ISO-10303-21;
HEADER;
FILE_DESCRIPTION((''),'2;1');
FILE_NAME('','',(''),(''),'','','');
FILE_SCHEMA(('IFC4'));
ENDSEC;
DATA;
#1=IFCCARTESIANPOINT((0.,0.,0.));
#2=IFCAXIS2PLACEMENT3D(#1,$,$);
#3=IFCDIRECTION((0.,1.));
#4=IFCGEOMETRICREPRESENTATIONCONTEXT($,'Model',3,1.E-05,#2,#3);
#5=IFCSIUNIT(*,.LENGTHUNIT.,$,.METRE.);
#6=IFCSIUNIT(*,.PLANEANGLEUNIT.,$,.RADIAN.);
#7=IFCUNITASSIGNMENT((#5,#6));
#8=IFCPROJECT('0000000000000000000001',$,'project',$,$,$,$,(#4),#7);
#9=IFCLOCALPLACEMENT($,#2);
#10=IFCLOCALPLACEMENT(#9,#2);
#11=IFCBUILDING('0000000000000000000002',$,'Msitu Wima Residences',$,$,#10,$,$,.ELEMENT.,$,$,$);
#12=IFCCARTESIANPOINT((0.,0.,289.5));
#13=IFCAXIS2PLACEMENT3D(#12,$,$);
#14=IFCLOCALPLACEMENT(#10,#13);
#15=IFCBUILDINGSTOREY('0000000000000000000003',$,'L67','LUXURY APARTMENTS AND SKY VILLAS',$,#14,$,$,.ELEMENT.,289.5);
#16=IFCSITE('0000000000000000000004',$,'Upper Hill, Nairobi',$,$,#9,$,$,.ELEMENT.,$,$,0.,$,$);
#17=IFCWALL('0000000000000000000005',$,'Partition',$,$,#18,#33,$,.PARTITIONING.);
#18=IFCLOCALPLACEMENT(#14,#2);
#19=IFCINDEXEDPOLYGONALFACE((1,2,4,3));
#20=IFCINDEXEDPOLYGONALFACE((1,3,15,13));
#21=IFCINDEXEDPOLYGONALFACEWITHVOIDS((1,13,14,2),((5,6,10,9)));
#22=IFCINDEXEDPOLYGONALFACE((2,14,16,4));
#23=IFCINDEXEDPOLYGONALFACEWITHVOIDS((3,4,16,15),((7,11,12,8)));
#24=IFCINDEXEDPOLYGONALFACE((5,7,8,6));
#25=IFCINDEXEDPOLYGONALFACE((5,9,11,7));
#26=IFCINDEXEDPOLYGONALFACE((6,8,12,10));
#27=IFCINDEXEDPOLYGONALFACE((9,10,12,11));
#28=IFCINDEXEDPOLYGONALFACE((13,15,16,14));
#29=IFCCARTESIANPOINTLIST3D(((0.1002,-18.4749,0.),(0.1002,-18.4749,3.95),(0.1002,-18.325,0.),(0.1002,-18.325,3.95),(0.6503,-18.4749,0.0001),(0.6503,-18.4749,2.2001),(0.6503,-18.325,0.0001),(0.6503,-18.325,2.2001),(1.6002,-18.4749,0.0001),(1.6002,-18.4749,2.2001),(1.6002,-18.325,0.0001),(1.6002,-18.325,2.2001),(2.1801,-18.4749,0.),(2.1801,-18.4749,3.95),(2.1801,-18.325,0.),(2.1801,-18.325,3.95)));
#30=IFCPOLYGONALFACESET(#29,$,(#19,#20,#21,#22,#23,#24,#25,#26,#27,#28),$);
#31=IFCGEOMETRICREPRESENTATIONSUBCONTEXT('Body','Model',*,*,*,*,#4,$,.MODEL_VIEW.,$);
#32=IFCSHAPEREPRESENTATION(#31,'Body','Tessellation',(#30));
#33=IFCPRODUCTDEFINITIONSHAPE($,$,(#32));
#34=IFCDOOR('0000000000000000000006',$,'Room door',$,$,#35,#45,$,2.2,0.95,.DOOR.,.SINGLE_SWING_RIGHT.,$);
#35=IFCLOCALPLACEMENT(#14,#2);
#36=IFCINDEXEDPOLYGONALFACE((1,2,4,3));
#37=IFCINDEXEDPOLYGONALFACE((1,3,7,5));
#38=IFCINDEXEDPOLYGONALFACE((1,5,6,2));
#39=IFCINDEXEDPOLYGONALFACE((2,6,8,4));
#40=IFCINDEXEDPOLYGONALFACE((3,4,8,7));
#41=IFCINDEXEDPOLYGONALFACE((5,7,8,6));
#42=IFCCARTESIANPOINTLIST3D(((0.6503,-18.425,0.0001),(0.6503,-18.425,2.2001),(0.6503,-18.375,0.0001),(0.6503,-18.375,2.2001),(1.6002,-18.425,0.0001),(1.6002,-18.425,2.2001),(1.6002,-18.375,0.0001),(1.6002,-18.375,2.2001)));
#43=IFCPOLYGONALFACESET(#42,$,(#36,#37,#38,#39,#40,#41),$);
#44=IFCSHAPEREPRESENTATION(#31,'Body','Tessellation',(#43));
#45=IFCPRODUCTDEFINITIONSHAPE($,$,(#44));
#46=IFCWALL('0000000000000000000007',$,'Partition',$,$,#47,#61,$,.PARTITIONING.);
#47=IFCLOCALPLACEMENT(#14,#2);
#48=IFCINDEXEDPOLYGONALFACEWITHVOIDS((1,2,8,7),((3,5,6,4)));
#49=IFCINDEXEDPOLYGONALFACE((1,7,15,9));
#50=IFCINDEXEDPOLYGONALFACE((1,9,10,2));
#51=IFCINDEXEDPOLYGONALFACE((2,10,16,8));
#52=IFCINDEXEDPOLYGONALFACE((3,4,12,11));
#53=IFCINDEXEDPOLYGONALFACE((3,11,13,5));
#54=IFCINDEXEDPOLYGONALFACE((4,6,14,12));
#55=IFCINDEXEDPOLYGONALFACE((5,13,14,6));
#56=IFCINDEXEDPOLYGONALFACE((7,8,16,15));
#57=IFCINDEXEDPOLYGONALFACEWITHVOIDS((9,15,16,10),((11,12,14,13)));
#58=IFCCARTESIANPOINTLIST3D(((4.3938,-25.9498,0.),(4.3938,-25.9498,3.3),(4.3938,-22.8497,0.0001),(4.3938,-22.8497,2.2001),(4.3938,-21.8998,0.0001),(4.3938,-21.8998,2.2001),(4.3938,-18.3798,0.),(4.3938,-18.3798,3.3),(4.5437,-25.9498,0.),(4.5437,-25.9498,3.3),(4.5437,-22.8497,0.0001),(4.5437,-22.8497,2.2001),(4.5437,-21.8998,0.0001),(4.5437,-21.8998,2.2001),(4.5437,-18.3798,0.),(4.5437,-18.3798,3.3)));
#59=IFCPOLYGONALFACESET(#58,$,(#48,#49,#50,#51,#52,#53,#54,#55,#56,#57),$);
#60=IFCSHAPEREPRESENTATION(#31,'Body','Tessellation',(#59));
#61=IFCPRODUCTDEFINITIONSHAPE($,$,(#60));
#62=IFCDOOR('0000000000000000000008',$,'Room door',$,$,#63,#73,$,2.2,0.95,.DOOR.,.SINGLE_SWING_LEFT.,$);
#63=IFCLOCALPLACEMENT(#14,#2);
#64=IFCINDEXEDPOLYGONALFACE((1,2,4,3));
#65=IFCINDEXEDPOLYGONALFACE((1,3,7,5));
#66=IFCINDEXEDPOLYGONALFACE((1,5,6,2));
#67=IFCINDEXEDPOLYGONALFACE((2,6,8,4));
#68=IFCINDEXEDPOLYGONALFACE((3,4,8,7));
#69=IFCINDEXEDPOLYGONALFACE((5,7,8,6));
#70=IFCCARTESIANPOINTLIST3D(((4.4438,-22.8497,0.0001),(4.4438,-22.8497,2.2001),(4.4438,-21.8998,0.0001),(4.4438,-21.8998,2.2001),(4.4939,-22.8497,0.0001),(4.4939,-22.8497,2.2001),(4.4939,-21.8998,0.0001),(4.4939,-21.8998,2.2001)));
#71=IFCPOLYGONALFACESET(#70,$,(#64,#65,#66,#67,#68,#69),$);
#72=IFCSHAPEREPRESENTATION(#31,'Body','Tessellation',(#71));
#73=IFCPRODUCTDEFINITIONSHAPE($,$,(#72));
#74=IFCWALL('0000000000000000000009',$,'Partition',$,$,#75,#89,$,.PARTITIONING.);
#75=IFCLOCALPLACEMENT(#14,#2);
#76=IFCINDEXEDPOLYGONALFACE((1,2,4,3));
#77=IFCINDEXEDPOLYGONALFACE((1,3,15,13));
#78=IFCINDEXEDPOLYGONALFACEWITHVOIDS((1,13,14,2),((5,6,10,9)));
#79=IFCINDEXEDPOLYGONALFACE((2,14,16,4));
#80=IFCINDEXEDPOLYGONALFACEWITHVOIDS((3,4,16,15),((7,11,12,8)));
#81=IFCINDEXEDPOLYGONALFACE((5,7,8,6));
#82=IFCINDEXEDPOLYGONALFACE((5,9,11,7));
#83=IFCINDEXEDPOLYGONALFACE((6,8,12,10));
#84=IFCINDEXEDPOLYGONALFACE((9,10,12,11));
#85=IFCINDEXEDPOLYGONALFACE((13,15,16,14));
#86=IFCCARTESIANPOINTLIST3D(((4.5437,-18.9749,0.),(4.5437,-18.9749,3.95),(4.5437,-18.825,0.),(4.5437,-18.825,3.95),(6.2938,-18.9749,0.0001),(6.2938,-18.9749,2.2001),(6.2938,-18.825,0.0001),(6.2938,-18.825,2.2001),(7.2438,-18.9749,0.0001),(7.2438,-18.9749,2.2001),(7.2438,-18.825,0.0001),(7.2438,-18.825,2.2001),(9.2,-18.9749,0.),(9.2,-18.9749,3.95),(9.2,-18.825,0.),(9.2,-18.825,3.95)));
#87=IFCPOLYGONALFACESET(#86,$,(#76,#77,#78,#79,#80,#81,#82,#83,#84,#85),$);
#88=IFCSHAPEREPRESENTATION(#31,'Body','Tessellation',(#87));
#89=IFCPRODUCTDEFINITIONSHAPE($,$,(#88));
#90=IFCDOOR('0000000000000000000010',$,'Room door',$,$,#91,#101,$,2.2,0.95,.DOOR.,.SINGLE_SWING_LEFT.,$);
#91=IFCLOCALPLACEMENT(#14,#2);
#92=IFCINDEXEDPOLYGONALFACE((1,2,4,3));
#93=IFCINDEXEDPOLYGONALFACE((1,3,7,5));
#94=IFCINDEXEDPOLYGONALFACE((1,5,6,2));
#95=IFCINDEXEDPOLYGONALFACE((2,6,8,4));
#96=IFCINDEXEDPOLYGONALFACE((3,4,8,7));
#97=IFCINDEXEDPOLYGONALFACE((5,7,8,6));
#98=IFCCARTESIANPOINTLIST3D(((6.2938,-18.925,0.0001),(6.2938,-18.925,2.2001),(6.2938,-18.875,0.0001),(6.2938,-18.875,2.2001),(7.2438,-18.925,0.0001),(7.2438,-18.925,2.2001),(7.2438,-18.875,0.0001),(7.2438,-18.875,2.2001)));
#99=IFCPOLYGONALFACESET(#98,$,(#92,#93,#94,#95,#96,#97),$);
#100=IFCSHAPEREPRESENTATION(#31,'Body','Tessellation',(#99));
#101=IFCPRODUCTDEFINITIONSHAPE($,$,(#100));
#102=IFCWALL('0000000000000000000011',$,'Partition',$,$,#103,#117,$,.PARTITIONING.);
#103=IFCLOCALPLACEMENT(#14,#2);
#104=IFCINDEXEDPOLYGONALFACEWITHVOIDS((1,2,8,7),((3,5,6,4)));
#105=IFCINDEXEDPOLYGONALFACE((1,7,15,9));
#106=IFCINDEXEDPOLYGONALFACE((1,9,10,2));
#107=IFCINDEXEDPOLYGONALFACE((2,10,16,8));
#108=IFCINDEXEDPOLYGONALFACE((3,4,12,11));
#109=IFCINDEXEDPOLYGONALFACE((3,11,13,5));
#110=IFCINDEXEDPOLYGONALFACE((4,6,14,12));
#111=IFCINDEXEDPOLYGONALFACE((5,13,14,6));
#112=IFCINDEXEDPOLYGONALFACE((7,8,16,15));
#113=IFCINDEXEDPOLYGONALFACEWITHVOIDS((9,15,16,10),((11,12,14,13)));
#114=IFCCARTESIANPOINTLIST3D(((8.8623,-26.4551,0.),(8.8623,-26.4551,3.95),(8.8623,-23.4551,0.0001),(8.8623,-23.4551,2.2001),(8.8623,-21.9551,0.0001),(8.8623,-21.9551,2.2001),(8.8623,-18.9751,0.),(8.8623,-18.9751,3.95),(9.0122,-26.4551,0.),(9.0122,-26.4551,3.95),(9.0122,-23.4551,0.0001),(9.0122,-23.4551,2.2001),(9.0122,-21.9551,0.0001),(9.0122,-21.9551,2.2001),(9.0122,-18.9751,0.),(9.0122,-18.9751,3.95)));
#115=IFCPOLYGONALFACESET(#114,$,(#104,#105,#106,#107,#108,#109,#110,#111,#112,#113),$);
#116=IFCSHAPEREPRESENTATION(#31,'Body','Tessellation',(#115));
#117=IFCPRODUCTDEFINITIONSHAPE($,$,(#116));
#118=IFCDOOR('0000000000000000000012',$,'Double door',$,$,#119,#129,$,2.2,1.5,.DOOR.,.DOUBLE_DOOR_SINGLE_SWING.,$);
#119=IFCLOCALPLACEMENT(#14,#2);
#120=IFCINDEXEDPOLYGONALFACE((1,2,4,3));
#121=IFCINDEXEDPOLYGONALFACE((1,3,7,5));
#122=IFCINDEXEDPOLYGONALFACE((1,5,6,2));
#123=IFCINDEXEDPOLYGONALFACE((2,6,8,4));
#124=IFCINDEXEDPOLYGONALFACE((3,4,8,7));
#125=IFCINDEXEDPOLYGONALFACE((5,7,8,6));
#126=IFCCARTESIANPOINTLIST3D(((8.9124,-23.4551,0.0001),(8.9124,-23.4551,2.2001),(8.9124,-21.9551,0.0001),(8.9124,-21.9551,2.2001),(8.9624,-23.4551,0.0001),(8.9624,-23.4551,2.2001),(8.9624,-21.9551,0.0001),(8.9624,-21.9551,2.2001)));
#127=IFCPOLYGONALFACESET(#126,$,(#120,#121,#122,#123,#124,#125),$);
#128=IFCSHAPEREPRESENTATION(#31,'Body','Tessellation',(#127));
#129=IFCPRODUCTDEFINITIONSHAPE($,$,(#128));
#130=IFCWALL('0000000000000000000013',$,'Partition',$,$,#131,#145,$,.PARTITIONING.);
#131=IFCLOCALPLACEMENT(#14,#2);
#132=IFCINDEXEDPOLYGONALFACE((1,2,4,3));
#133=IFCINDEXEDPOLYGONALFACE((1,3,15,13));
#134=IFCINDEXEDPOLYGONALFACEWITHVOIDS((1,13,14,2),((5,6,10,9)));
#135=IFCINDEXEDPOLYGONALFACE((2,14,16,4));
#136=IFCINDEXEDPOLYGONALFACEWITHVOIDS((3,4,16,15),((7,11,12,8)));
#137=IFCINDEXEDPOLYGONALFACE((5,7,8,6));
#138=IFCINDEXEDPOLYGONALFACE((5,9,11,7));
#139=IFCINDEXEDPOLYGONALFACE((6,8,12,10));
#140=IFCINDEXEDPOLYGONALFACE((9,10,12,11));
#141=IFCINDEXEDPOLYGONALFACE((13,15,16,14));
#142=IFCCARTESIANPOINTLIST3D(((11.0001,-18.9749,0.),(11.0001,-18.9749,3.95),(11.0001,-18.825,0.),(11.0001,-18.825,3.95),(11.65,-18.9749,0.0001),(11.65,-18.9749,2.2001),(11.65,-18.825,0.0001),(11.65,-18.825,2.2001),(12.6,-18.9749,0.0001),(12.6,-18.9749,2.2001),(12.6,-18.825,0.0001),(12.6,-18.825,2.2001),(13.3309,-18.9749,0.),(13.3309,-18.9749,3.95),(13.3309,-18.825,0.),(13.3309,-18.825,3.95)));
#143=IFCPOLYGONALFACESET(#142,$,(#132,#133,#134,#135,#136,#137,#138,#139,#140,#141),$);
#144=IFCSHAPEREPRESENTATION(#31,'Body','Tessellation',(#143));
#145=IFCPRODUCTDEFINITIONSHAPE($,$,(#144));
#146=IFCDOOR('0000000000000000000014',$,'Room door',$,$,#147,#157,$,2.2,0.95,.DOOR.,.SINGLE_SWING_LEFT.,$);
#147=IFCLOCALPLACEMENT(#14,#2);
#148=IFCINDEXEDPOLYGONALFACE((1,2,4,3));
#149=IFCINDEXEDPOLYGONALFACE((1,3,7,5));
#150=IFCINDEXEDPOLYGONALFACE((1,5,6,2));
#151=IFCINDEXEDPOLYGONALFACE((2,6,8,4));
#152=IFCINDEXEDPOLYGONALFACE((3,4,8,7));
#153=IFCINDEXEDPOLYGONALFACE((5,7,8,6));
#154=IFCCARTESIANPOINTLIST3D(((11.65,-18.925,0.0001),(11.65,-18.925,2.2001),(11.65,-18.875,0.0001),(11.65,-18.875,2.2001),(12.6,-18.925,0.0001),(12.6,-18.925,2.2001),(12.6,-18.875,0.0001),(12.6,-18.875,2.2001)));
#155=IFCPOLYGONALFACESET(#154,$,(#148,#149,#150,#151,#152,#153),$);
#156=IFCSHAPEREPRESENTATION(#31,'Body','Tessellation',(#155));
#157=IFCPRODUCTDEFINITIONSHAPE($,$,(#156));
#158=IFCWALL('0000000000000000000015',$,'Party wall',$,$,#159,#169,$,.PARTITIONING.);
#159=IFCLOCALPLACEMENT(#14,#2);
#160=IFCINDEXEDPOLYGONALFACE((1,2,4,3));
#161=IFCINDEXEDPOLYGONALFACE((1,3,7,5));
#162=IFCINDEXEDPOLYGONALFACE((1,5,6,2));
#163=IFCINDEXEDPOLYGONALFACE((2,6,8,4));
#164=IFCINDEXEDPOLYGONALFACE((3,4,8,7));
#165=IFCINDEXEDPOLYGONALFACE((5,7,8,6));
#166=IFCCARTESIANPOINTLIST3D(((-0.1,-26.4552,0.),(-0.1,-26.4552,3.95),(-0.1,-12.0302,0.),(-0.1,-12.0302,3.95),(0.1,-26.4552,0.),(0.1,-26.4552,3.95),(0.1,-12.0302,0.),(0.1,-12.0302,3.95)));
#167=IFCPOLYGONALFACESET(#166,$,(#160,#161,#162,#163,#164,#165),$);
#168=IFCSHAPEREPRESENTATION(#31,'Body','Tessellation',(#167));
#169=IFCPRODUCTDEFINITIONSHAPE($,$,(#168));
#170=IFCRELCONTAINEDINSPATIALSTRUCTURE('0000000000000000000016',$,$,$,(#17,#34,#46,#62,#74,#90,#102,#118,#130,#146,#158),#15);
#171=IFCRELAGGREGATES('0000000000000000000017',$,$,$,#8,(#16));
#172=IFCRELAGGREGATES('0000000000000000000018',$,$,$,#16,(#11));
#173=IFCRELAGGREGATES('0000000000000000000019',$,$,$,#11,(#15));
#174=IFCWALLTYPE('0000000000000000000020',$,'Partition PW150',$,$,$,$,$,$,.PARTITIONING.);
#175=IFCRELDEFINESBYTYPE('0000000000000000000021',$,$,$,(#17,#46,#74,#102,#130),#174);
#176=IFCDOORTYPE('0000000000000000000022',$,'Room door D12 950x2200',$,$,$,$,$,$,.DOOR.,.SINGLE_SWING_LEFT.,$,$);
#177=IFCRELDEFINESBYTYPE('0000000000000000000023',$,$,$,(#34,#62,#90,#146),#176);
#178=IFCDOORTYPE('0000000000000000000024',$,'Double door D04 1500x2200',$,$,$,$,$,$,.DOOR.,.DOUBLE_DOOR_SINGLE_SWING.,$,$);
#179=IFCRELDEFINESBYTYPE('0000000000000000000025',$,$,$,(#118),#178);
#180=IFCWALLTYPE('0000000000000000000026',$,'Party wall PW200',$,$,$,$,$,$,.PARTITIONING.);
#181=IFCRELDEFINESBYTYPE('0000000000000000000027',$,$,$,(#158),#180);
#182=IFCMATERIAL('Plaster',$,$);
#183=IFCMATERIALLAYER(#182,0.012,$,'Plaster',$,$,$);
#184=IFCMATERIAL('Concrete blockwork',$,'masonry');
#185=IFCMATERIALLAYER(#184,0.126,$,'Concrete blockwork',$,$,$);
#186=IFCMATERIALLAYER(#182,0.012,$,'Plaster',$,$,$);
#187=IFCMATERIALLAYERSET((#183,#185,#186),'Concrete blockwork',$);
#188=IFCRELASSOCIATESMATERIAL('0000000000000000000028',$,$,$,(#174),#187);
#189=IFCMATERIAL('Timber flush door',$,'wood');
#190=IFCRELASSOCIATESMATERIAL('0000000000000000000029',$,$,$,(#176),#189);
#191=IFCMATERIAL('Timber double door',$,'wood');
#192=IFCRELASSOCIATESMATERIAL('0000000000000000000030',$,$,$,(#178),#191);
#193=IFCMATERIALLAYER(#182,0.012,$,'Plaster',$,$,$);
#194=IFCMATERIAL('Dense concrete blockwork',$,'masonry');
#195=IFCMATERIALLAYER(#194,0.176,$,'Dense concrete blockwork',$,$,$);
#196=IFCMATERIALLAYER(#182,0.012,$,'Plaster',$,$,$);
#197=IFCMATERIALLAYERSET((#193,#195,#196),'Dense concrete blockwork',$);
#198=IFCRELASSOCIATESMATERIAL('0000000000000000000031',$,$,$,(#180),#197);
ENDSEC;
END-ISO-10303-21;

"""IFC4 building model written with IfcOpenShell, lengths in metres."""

from ifc_helpers import new_model, si_unit, direction, frame, frame_2d, origin, place, context, subcontext, project, spatial, rectangle, extrude, material, layer, layer_set, type_object, element, fill, save


model = new_model("IFC4")

# Units and contexts
model_context = context("Model", 3, precision=1e-05, world=origin(), true_north=direction((0.0, 1.0)))
body_context = subcontext(model_context, "Body", "Model", "MODEL_VIEW")
ifc_project = project(units=[si_unit("LENGTHUNIT", "METRE"), si_unit("PLANEANGLEUNIT", "RADIAN")], contexts=[model_context])

# Site, building, storey
site_placement = place(None, origin())
site = spatial("IfcSite", under=ifc_project, at=site_placement, Name="Upper Hill, Nairobi", CompositionType="ELEMENT", RefElevation=0.0)
building_placement = place(site_placement, origin())
building = spatial("IfcBuilding", under=site, at=building_placement, Name="Msitu Wima Residences", CompositionType="ELEMENT")
storey_placement = place(building_placement, frame((0.0, 0.0, 289.5)))
storey = spatial("IfcBuildingStorey", under=building, at=storey_placement, Name="L67", Description="LUXURY APARTMENTS AND SKY VILLAS", CompositionType="ELEMENT", Elevation=289.5)

# Walls, openings, doors
ifc_material_1 = material(Name="Plaster")
ifc_layer_1 = layer(ifc_material_1, 0.012, Name="Plaster")
ifc_material_2 = material(Name="Concrete blockwork", Category="masonry")
ifc_layer_2 = layer(ifc_material_2, 0.126, Name="Concrete blockwork")
ifc_layer_3 = layer(ifc_material_1, 0.012, Name="Plaster")
ifc_layer_set_1 = layer_set([ifc_layer_1, ifc_layer_2, ifc_layer_3], Name="Concrete blockwork")
wall_type_1 = type_object("IfcWallType", Name="Partition PW150", PredefinedType="PARTITIONING", material=ifc_layer_set_1)
wall_1_placement = place(storey_placement, frame((0.1001, -18.3999, 0.0), z_axis=(0.0, 0.0, 1.0), x_axis=(1.0, 0.0, 0.0)))
wall_1 = element("IfcWall", 1, at=wall_1_placement, inside=storey, type_object=wall_type_1, Name="Partition", PredefinedType="PARTITIONING", context=body_context, shape_type="SweptSolid", body=[
    extrude(rectangle(XDim=2.0798, YDim=0.1499, at=frame_2d((1.04, 0.0))), origin(), (0.0, 0.0, 1.0), 3.95),
])
opening_1_placement = place(wall_1_placement, frame((0.55, 0.0, 0.0)))
opening_1 = element("IfcOpeningElement", 2, at=opening_1_placement, cuts=wall_1, PredefinedType="OPENING", context=body_context, shape_type="SweptSolid", body=[
    extrude(rectangle(XDim=0.95, YDim=2.2, at=frame_2d((0.4751, 1.1001))), frame((0.0, 0.085, 0.0), z_axis=(0.0, -1.0, 0.0), x_axis=(1.0, 0.0, 0.0)), (0.0, 0.0, 1.0), 0.1699),
])
ifc_material_3 = material(Name="Timber flush door", Category="wood")
door_type_1 = type_object("IfcDoorType", Name="Room door D12 950x2200", OperationType="SINGLE_SWING_LEFT", PredefinedType="DOOR", material=ifc_material_3)
door_1_placement = place(opening_1_placement, origin())
door_1 = element("IfcDoor", 3, at=door_1_placement, inside=storey, type_object=door_type_1, Name="Room door", OperationType="SINGLE_SWING_RIGHT", OverallHeight=2.2, OverallWidth=0.95, PredefinedType="DOOR", context=body_context, shape_type="SweptSolid", body=[
    extrude(rectangle(XDim=0.95, YDim=2.2, at=frame_2d((0.4751, 1.1001))), frame((0.0, 0.0249, 0.0), z_axis=(0.0, -1.0, 0.0), x_axis=(1.0, 0.0, 0.0)), (0.0, 0.0, 1.0), 0.05),
])
fill(opening_1, door_1)
wall_2_placement = place(storey_placement, frame((4.4688, -25.95, 0.0), z_axis=(0.0, 0.0, 1.0), x_axis=(0.0, 1.0, 0.0)))
wall_2 = element("IfcWall", 4, at=wall_2_placement, inside=storey, type_object=wall_type_1, Name="Partition", PredefinedType="PARTITIONING", context=body_context, shape_type="SweptSolid", body=[
    extrude(rectangle(XDim=7.5701, YDim=0.1499, at=frame_2d((3.7852, 0.0))), origin(), (0.0, 0.0, 1.0), 3.3),
])
opening_2_placement = place(wall_2_placement, frame((3.1001, 0.0, 0.0)))
opening_2 = element("IfcOpeningElement", 5, at=opening_2_placement, cuts=wall_2, PredefinedType="OPENING", context=body_context, shape_type="SweptSolid", body=[
    extrude(rectangle(XDim=0.95, YDim=2.2, at=frame_2d((0.4751, 1.1001))), frame((0.0, 0.085, 0.0), z_axis=(0.0, -1.0, 0.0), x_axis=(1.0, 0.0, 0.0)), (0.0, 0.0, 1.0), 0.1699),
])
door_2_placement = place(opening_2_placement, origin())
door_2 = element("IfcDoor", 6, at=door_2_placement, inside=storey, type_object=door_type_1, Name="Room door", OperationType="SINGLE_SWING_LEFT", OverallHeight=2.2, OverallWidth=0.95, PredefinedType="DOOR", context=body_context, shape_type="SweptSolid", body=[
    extrude(rectangle(XDim=0.95, YDim=2.2, at=frame_2d((0.4751, 1.1001))), frame((0.0, 0.0249, 0.0), z_axis=(0.0, -1.0, 0.0), x_axis=(1.0, 0.0, 0.0)), (0.0, 0.0, 1.0), 0.05),
])
fill(opening_2, door_2)
wall_3_placement = place(storey_placement, frame((4.5437, -18.8999, 0.0), z_axis=(0.0, 0.0, 1.0), x_axis=(1.0, 0.0, 0.0)))
wall_3 = element("IfcWall", 7, at=wall_3_placement, inside=storey, type_object=wall_type_1, Name="Partition", PredefinedType="PARTITIONING", context=body_context, shape_type="SweptSolid", body=[
    extrude(rectangle(XDim=4.6562, YDim=0.1499, at=frame_2d((2.3281, 0.0))), origin(), (0.0, 0.0, 1.0), 3.95),
])
opening_3_placement = place(wall_3_placement, frame((1.75, 0.0, 0.0)))
opening_3 = element("IfcOpeningElement", 8, at=opening_3_placement, cuts=wall_3, PredefinedType="OPENING", context=body_context, shape_type="SweptSolid", body=[
    extrude(rectangle(XDim=0.95, YDim=2.2, at=frame_2d((0.4751, 1.1001))), frame((0.0, 0.085, 0.0), z_axis=(0.0, -1.0, 0.0), x_axis=(1.0, 0.0, 0.0)), (0.0, 0.0, 1.0), 0.1699),
])
door_3_placement = place(opening_3_placement, origin())
door_3 = element("IfcDoor", 9, at=door_3_placement, inside=storey, type_object=door_type_1, Name="Room door", OperationType="SINGLE_SWING_LEFT", OverallHeight=2.2, OverallWidth=0.95, PredefinedType="DOOR", context=body_context, shape_type="SweptSolid", body=[
    extrude(rectangle(XDim=0.95, YDim=2.2, at=frame_2d((0.4751, 1.1001))), frame((0.0, 0.0249, 0.0), z_axis=(0.0, -1.0, 0.0), x_axis=(1.0, 0.0, 0.0)), (0.0, 0.0, 1.0), 0.05),
])
fill(opening_3, door_3)
wall_4_placement = place(storey_placement, frame((8.9373, -26.4551, 0.0), z_axis=(0.0, 0.0, 1.0), x_axis=(0.0, 1.0, 0.0)))
wall_4 = element("IfcWall", 10, at=wall_4_placement, inside=storey, type_object=wall_type_1, Name="Partition", PredefinedType="PARTITIONING", context=body_context, shape_type="SweptSolid", body=[
    extrude(rectangle(XDim=7.48, YDim=0.1499, at=frame_2d((3.74, 0.0))), origin(), (0.0, 0.0, 1.0), 3.95),
])
opening_4_placement = place(wall_4_placement, frame((3.0, 0.0, 0.0)))
opening_4 = element("IfcOpeningElement", 11, at=opening_4_placement, cuts=wall_4, PredefinedType="OPENING", context=body_context, shape_type="SweptSolid", body=[
    extrude(rectangle(XDim=1.5, YDim=2.2, at=frame_2d((0.75, 1.1001))), frame((0.0, 0.085, 0.0), z_axis=(0.0, -1.0, 0.0), x_axis=(1.0, 0.0, 0.0)), (0.0, 0.0, 1.0), 0.1699),
])
ifc_material_4 = material(Name="Timber double door", Category="wood")
door_type_2 = type_object("IfcDoorType", Name="Double door D04 1500x2200", OperationType="DOUBLE_DOOR_SINGLE_SWING", PredefinedType="DOOR", material=ifc_material_4)
door_4_placement = place(opening_4_placement, origin())
door_4 = element("IfcDoor", 12, at=door_4_placement, inside=storey, type_object=door_type_2, Name="Double door", OperationType="DOUBLE_DOOR_SINGLE_SWING", OverallHeight=2.2, OverallWidth=1.5, PredefinedType="DOOR", context=body_context, shape_type="SweptSolid", body=[
    extrude(rectangle(XDim=1.5, YDim=2.2, at=frame_2d((0.75, 1.1001))), frame((0.0, 0.0249, 0.0), z_axis=(0.0, -1.0, 0.0), x_axis=(1.0, 0.0, 0.0)), (0.0, 0.0, 1.0), 0.05),
])
fill(opening_4, door_4)
wall_5_placement = place(storey_placement, frame((11.0, -18.8999, 0.0), z_axis=(0.0, 0.0, 1.0), x_axis=(1.0, 0.0, 0.0)))
wall_5 = element("IfcWall", 13, at=wall_5_placement, inside=storey, type_object=wall_type_1, Name="Partition", PredefinedType="PARTITIONING", context=body_context, shape_type="SweptSolid", body=[
    extrude(rectangle(XDim=2.3308, YDim=0.1499, at=frame_2d((1.1655, 0.0))), origin(), (0.0, 0.0, 1.0), 3.95),
])
opening_5_placement = place(wall_5_placement, frame((0.6499, 0.0, 0.0)))
opening_5 = element("IfcOpeningElement", 14, at=opening_5_placement, cuts=wall_5, PredefinedType="OPENING", context=body_context, shape_type="SweptSolid", body=[
    extrude(rectangle(XDim=0.95, YDim=2.2, at=frame_2d((0.4751, 1.1001))), frame((0.0, 0.085, 0.0), z_axis=(0.0, -1.0, 0.0), x_axis=(1.0, 0.0, 0.0)), (0.0, 0.0, 1.0), 0.1699),
])
door_5_placement = place(opening_5_placement, origin())
door_5 = element("IfcDoor", 15, at=door_5_placement, inside=storey, type_object=door_type_1, Name="Room door", OperationType="SINGLE_SWING_LEFT", OverallHeight=2.2, OverallWidth=0.95, PredefinedType="DOOR", context=body_context, shape_type="SweptSolid", body=[
    extrude(rectangle(XDim=0.95, YDim=2.2, at=frame_2d((0.4751, 1.1001))), frame((0.0, 0.0249, 0.0), z_axis=(0.0, -1.0, 0.0), x_axis=(1.0, 0.0, 0.0)), (0.0, 0.0, 1.0), 0.05),
])
fill(opening_5, door_5)

# Wall
ifc_layer_4 = layer(ifc_material_1, 0.012, Name="Plaster")
ifc_material_5 = material(Name="Dense concrete blockwork", Category="masonry")
ifc_layer_5 = layer(ifc_material_5, 0.176, Name="Dense concrete blockwork")
ifc_layer_6 = layer(ifc_material_1, 0.012, Name="Plaster")
ifc_layer_set_2 = layer_set([ifc_layer_4, ifc_layer_5, ifc_layer_6], Name="Dense concrete blockwork")
wall_type_2 = type_object("IfcWallType", Name="Party wall PW200", PredefinedType="PARTITIONING", material=ifc_layer_set_2)
wall_6_placement = place(storey_placement, frame((0.0, -26.4551, 0.0), z_axis=(0.0, 0.0, 1.0), x_axis=(0.0, 1.0, 0.0)))
element("IfcWall", 16, at=wall_6_placement, inside=storey, type_object=wall_type_2, Name="Party wall", PredefinedType="PARTITIONING", context=body_context, shape_type="SweptSolid", body=[
    extrude(rectangle(XDim=14.425, YDim=0.2, at=frame_2d((7.2124, 0.0))), origin(), (0.0, 0.0, 1.0), 3.95),
])

save(model, "model.ifc")
